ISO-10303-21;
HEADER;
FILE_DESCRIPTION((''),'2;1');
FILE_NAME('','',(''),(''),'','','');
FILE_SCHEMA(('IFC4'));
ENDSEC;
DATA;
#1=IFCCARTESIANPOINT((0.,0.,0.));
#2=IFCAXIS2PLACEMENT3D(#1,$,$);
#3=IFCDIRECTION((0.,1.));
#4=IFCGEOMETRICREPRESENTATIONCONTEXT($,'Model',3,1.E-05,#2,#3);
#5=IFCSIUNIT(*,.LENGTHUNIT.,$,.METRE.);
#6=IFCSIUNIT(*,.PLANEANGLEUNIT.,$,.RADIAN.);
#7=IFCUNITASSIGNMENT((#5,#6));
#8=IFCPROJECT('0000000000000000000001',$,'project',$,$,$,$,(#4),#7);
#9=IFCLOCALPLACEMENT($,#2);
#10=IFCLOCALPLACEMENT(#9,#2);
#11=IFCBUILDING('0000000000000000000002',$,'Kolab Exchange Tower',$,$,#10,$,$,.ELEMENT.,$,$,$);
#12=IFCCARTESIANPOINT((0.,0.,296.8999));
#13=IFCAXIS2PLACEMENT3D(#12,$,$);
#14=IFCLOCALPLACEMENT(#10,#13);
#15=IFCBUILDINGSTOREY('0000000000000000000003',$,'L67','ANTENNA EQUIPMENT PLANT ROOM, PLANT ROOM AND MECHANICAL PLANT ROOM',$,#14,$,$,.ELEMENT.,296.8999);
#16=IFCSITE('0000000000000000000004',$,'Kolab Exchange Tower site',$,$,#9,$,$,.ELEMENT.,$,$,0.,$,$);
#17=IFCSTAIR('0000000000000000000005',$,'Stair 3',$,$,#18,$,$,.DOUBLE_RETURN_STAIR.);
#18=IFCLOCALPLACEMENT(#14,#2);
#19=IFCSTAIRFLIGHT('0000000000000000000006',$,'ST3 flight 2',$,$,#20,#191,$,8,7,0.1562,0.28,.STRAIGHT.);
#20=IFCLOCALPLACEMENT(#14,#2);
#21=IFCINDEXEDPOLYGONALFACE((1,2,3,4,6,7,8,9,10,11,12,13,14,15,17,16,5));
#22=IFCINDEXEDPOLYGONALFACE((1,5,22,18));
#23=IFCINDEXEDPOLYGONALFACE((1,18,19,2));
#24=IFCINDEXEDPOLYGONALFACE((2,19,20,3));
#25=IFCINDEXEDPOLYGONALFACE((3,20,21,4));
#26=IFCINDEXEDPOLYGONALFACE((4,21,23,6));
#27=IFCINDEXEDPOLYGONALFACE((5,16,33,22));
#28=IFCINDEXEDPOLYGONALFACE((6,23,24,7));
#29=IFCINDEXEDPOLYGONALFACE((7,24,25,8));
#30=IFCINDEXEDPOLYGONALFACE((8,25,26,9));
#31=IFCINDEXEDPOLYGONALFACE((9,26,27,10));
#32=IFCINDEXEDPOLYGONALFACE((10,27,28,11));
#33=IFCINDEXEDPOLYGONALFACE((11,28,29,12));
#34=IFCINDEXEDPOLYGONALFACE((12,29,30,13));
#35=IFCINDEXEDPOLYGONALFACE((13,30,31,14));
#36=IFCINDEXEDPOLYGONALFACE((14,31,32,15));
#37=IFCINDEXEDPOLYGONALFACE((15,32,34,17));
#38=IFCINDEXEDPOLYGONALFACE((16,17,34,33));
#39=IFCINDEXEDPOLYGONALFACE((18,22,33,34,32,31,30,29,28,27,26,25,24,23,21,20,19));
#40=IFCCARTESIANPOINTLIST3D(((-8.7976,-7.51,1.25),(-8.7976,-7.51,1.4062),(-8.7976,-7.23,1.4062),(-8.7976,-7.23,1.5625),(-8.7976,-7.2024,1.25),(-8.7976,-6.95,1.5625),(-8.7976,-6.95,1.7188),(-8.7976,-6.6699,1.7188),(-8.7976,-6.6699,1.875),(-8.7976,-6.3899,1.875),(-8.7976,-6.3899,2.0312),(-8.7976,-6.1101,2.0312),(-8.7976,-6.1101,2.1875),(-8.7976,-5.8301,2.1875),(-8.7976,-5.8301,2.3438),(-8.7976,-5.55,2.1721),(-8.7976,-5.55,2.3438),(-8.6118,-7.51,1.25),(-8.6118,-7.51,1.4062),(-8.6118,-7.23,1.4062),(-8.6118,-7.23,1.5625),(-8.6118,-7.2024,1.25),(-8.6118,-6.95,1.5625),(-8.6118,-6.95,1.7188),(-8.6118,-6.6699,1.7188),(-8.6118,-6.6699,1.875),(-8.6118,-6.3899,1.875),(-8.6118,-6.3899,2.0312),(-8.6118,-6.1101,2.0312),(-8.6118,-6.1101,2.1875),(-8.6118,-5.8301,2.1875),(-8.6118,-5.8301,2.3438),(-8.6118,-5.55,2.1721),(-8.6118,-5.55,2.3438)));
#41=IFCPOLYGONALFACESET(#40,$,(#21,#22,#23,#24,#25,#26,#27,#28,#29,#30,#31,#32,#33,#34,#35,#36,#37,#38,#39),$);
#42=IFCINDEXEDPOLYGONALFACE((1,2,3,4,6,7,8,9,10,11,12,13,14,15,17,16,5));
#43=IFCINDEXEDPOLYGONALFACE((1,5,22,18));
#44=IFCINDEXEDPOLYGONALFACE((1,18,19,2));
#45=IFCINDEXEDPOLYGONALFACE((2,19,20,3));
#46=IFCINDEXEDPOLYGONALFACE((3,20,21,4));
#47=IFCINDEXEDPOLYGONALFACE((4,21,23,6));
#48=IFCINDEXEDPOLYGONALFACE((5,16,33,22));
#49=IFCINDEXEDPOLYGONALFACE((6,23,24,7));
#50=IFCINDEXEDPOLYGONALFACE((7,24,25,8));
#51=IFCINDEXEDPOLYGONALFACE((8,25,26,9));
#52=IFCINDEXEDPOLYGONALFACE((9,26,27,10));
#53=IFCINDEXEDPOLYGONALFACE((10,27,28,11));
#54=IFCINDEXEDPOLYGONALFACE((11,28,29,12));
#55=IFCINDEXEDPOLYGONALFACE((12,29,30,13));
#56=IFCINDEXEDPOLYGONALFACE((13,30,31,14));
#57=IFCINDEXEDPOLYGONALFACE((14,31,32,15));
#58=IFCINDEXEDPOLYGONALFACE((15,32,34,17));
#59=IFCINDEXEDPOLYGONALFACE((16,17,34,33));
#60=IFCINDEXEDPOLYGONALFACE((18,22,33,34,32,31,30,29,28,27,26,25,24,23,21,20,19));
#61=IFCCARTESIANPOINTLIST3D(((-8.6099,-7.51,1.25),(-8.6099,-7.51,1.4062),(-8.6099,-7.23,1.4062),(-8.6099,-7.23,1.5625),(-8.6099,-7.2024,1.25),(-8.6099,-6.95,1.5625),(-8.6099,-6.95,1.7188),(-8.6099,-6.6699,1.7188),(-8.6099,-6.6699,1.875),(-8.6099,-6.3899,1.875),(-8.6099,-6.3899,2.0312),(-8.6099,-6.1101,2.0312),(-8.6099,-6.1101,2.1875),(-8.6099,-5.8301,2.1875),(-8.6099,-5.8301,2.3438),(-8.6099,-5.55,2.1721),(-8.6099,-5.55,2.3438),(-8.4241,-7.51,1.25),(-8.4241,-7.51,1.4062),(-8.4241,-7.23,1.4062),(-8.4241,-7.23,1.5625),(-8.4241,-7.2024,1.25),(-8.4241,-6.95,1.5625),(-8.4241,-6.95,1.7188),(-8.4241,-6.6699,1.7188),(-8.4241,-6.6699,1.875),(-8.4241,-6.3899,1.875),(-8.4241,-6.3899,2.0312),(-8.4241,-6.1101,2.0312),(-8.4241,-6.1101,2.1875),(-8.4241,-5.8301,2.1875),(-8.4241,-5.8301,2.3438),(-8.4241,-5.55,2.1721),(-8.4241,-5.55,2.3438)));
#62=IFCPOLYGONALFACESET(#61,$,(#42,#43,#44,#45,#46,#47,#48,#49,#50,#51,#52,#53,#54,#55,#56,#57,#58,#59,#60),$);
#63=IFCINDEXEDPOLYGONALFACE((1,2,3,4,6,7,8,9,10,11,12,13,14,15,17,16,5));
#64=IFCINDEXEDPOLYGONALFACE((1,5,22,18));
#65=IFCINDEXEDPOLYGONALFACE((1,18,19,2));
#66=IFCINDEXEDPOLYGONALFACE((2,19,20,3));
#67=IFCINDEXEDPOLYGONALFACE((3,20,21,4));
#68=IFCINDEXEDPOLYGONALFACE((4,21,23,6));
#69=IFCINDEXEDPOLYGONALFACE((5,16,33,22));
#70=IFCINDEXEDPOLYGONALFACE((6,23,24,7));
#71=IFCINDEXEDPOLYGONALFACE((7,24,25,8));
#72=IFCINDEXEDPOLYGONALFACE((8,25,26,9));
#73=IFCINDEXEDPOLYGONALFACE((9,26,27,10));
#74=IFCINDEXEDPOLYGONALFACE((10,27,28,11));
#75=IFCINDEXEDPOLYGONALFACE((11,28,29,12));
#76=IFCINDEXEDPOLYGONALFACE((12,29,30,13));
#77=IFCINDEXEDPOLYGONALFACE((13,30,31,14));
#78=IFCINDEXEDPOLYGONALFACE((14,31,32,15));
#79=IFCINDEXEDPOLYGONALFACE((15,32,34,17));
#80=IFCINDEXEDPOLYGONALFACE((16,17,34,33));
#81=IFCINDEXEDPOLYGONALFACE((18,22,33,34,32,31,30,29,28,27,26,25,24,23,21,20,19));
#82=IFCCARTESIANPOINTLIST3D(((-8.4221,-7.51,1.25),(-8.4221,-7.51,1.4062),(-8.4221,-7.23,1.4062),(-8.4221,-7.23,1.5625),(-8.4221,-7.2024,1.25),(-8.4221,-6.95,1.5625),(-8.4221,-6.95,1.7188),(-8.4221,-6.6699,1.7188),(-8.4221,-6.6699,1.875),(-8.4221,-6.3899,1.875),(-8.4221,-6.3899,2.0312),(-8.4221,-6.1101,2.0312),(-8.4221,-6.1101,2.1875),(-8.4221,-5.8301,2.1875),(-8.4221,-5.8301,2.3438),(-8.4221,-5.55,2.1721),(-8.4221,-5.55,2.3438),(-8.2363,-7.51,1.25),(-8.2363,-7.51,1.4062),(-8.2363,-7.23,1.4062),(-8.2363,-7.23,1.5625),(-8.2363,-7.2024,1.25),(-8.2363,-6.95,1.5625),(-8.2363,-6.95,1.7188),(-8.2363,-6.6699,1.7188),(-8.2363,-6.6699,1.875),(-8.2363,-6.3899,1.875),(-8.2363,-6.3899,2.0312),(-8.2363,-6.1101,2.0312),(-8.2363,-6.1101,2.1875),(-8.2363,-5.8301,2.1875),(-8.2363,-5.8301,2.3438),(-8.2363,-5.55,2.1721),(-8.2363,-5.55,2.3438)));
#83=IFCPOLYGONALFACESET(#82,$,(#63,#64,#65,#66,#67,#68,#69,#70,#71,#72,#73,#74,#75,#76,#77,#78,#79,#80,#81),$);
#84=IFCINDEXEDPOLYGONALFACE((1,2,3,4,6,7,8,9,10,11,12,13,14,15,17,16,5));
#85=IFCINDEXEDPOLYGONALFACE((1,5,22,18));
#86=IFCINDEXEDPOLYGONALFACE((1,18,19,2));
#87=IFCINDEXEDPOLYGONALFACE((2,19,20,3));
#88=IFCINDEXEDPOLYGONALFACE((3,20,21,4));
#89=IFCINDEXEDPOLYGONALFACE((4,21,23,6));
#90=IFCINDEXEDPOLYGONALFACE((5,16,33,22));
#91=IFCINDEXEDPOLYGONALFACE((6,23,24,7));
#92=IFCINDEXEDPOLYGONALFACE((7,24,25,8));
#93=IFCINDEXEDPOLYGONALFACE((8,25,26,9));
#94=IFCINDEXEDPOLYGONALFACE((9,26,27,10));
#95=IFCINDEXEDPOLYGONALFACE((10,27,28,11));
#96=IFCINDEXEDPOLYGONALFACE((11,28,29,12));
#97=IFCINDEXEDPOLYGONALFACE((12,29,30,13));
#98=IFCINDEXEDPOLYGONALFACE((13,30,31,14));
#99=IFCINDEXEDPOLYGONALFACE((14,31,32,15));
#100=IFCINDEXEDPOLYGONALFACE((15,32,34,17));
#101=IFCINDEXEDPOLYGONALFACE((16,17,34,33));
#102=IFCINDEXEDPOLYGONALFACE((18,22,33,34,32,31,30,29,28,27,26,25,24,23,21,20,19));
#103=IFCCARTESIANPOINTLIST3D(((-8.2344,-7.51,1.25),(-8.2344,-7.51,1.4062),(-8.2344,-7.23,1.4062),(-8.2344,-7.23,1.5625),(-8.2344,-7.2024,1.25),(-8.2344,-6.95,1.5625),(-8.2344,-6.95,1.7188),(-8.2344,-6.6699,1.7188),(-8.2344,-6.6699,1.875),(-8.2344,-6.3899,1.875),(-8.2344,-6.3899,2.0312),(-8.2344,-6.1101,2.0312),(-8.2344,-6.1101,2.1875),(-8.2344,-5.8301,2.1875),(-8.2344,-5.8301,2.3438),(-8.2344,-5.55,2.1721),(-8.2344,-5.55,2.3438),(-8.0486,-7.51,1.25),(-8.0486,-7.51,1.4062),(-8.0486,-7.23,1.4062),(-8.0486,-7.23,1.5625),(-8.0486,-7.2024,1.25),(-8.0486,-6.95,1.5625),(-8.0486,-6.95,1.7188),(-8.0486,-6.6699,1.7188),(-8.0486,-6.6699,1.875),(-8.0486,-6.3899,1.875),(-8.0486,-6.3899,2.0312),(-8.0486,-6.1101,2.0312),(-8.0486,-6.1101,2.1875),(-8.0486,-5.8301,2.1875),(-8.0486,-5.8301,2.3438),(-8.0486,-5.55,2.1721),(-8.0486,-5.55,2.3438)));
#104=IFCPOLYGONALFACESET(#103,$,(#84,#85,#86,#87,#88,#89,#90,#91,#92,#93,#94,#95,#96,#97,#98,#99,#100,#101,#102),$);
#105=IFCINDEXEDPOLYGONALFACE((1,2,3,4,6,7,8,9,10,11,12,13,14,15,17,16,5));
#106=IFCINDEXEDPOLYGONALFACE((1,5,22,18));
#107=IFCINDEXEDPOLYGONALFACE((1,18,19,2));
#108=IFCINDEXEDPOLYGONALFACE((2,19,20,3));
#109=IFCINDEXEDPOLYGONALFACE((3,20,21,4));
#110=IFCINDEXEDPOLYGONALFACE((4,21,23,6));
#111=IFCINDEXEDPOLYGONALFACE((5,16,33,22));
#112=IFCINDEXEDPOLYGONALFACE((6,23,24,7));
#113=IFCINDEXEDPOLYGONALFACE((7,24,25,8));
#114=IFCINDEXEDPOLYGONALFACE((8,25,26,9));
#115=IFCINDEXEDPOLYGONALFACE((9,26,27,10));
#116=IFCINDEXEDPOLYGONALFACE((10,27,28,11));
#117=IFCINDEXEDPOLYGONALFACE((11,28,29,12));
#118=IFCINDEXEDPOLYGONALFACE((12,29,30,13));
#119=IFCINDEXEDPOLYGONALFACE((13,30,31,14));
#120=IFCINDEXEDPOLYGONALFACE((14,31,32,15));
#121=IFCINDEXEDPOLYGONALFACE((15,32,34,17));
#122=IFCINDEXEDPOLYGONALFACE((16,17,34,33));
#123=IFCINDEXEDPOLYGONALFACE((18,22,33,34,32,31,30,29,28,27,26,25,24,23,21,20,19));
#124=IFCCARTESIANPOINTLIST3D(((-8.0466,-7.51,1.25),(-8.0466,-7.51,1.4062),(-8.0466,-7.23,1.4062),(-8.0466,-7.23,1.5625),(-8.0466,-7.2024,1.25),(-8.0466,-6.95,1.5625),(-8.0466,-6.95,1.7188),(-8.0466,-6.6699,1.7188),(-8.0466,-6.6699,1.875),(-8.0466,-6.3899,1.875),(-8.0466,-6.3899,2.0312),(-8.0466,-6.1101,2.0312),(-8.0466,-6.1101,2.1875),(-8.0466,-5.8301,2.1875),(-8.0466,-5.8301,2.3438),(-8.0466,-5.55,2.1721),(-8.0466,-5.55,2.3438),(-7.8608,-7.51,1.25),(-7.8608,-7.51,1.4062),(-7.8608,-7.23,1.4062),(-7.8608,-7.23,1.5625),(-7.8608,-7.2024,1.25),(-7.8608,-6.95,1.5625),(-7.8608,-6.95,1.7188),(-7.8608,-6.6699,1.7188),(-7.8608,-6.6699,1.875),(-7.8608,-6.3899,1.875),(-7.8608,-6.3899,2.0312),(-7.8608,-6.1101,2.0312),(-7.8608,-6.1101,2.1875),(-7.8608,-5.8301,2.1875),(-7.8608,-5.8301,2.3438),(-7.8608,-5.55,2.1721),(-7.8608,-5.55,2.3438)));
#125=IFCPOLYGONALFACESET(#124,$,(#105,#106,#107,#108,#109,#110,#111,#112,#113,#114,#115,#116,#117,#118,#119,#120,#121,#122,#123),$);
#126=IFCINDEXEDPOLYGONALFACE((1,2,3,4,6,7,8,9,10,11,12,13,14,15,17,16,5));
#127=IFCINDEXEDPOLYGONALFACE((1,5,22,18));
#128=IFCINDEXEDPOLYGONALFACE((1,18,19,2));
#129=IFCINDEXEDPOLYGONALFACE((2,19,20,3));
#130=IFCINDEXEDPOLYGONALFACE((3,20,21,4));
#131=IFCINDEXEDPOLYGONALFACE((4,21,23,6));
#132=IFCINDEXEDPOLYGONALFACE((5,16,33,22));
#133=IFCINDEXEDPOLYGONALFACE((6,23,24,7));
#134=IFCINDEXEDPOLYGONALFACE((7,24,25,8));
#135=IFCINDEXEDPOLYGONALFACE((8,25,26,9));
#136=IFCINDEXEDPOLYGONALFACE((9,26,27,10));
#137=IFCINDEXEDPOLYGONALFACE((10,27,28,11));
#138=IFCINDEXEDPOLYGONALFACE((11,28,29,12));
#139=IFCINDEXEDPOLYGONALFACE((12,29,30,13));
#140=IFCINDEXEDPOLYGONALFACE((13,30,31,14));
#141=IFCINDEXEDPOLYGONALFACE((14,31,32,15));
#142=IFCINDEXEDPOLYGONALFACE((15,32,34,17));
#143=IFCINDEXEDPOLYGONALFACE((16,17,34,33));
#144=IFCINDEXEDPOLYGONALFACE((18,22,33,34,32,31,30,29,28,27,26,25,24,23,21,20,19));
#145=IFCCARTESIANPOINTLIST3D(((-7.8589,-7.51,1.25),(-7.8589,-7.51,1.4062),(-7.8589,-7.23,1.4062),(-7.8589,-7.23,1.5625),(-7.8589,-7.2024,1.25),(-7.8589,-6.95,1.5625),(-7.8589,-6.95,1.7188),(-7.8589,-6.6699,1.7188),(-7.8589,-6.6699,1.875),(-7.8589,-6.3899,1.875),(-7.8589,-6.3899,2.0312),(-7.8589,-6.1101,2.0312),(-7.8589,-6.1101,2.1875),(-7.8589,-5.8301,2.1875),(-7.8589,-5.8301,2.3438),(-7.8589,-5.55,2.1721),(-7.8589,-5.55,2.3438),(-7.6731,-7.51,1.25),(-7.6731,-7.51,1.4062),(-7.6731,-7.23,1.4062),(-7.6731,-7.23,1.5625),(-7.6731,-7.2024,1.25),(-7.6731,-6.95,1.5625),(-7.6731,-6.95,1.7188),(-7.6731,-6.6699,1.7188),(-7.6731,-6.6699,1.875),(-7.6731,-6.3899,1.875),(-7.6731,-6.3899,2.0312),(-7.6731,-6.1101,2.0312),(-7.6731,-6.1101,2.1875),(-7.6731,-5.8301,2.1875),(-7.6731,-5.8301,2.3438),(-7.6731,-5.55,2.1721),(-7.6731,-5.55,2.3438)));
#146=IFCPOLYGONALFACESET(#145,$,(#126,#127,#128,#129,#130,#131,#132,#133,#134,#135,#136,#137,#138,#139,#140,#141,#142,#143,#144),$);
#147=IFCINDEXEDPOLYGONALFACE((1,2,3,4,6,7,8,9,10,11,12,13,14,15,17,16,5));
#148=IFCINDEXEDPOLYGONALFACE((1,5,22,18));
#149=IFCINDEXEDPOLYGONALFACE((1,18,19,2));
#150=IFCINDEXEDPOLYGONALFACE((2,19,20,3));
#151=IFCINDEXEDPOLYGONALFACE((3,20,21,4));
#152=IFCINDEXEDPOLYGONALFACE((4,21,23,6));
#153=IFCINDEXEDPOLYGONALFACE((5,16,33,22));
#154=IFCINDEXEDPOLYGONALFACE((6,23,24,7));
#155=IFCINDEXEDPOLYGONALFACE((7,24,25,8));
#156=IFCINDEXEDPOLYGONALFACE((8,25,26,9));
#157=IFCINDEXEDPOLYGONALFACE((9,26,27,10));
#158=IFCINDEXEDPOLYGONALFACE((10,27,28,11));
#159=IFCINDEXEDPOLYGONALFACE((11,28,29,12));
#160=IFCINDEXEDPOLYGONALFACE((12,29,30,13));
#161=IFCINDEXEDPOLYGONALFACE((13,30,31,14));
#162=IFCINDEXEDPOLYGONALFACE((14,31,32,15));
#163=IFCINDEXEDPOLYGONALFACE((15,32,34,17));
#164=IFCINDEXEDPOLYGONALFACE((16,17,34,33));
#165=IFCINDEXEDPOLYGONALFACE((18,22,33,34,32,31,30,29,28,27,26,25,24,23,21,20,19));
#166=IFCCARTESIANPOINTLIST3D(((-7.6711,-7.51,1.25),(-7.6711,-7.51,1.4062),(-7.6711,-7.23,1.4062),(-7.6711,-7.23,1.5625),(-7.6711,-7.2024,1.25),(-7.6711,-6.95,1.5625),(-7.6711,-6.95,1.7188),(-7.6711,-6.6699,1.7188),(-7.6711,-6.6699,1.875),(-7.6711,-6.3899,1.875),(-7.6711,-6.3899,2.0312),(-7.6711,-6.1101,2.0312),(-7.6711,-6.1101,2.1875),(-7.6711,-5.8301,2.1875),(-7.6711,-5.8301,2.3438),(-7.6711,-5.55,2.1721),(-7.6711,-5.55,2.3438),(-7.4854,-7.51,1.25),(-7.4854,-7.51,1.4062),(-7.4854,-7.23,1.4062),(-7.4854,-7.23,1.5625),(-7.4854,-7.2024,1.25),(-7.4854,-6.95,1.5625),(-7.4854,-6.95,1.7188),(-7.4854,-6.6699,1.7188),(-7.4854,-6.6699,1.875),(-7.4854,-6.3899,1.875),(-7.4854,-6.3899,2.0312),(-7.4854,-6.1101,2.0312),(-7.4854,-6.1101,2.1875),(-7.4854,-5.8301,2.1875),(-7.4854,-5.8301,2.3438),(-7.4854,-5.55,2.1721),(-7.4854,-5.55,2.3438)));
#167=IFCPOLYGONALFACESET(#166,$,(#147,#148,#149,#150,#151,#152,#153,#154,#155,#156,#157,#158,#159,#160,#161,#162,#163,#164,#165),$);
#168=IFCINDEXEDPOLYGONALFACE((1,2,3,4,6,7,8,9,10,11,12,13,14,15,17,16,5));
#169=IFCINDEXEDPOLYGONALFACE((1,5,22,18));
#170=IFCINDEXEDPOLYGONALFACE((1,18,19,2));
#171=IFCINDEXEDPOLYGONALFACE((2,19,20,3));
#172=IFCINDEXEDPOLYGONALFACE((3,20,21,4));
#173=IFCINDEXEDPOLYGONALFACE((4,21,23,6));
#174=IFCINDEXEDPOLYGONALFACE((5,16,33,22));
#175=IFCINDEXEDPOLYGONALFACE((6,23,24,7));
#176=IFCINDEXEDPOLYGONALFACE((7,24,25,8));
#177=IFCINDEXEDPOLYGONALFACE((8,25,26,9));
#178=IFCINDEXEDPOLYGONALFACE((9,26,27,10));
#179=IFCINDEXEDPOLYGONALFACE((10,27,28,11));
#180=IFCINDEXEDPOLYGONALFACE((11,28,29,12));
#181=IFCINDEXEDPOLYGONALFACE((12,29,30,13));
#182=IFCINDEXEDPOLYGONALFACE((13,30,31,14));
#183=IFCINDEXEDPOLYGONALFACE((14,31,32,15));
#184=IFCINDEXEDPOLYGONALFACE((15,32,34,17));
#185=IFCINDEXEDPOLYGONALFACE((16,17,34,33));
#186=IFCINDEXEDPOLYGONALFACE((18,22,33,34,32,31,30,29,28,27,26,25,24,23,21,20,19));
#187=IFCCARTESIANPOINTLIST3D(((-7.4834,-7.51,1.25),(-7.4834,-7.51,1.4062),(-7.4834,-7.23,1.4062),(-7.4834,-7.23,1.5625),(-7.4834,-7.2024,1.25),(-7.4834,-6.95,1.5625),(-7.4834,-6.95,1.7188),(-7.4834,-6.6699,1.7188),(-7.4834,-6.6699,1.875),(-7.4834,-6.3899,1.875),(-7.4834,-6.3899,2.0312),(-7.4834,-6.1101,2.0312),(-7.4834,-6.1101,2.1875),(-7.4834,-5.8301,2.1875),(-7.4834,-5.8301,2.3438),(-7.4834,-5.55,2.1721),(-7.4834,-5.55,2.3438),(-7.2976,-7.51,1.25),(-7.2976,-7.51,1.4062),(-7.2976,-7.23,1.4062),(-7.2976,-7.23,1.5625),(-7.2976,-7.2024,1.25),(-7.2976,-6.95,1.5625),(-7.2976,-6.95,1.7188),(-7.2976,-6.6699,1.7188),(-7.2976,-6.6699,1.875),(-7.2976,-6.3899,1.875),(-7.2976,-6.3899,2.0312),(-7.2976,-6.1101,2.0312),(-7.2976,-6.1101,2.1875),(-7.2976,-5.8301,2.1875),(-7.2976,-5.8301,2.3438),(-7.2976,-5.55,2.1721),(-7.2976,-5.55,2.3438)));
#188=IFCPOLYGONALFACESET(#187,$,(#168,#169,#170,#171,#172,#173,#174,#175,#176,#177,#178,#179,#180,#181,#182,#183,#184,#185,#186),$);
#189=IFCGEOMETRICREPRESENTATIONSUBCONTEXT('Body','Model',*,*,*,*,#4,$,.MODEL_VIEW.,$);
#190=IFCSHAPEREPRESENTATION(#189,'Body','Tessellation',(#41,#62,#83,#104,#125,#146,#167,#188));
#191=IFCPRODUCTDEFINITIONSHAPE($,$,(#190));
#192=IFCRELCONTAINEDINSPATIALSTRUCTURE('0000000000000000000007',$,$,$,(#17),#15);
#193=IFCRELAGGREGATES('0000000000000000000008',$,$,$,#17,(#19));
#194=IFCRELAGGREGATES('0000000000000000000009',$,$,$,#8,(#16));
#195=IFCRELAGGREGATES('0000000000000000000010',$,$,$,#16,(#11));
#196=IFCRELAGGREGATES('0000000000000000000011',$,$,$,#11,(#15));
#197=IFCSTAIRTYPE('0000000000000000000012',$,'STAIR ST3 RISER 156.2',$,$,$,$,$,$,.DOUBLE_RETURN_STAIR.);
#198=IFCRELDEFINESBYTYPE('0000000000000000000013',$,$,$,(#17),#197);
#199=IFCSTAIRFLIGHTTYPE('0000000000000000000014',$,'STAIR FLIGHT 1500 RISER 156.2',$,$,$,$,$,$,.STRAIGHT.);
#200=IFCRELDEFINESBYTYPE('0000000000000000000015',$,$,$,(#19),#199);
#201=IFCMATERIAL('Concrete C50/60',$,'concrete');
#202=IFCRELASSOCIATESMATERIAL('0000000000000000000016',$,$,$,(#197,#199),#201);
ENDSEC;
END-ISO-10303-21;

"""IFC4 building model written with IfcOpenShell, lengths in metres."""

from ifc_helpers import new_model, si_unit, direction, frame, origin, place, context, subcontext, project, spatial, polyline, outline, extrude, material, type_object, element, aggregate, save


model = new_model("IFC4")

# Units and contexts
model_context = context("Model", 3, precision=1e-05, world=origin(), true_north=direction((0.0, 1.0)))
body_context = subcontext(model_context, "Body", "Model", "MODEL_VIEW")
ifc_project = project(units=[si_unit("LENGTHUNIT", "METRE"), si_unit("PLANEANGLEUNIT", "RADIAN")], contexts=[model_context])

# Site, building, storey
site_placement = place(None, origin())
site = spatial("IfcSite", under=ifc_project, at=site_placement, Name="Kolab Exchange Tower site", CompositionType="ELEMENT", RefElevation=0.0)
building_placement = place(site_placement, origin())
building = spatial("IfcBuilding", under=site, at=building_placement, Name="Kolab Exchange Tower", CompositionType="ELEMENT")
storey_placement = place(building_placement, frame((0.0, 0.0, 296.8999)))
storey = spatial("IfcBuildingStorey", under=building, at=storey_placement, Name="L67", Description="ANTENNA EQUIPMENT PLANT ROOM, PLANT ROOM AND MECHANICAL PLANT ROOM", CompositionType="ELEMENT", Elevation=296.8999)

# Shared definitions
ifc_material_1 = material(Name="Concrete C50/60", Category="concrete")

# Stair, stair flight
stair_type = type_object("IfcStairType", Name="STAIR ST3 RISER 156.2", PredefinedType="DOUBLE_RETURN_STAIR", material=ifc_material_1)
stair_placement = place(storey_placement, origin())
stair = element("IfcStair", 1, at=stair_placement, inside=storey, type_object=stair_type, Name="Stair 3", PredefinedType="DOUBLE_RETURN_STAIR")
stair_flight_type = type_object("IfcStairFlightType", Name="STAIR FLIGHT 1500 RISER 156.2", PredefinedType="STRAIGHT", material=ifc_material_1)
stair_flight_1_placement = place(storey_placement, frame((-8.0476, -7.51, 1.25), z_axis=(0.0, 0.0, 1.0), x_axis=(0.0, 1.0, 0.0)))
stair_flight_1 = element("IfcStairFlight", 2, at=stair_flight_1_placement, type_object=stair_flight_type, Name="ST3 flight 2", NumberOfRisers=8, NumberOfTreads=7, PredefinedType="STRAIGHT", RiserHeight=0.1562, TreadLength=0.28, context=body_context, shape_type="SweptSolid", body=[
    extrude(outline(polyline([(0.0, 0.0), (0.0, 0.1562), (0.28, 0.1562), (0.28, 0.3125), (0.5601, 0.3125), (0.5601, 0.4688), (0.8401, 0.4688), (0.8401, 0.625), (1.1201, 0.625), (1.1201, 0.7812), (1.3999, 0.7812), (1.3999, 0.9375), (1.6799, 0.9375), (1.6799, 1.0938), (1.96, 1.0938), (1.96, 1.25), (1.96, 0.9221), (0.3076, 0.0), (0.0, 0.0)])), frame((0.0, 0.75, 0.0), z_axis=(0.0, -1.0, 0.0), x_axis=(1.0, 0.0, 0.0)), (0.0, 0.0, 1.0), 0.1858),
    extrude(outline(polyline([(0.0, 0.0), (0.0, 0.1562), (0.28, 0.1562), (0.28, 0.3125), (0.5601, 0.3125), (0.5601, 0.4688), (0.8401, 0.4688), (0.8401, 0.625), (1.1201, 0.625), (1.1201, 0.7812), (1.3999, 0.7812), (1.3999, 0.9375), (1.6799, 0.9375), (1.6799, 1.0938), (1.96, 1.0938), (1.96, 1.25), (1.96, 0.9221), (0.3076, 0.0), (0.0, 0.0)])), frame((0.0, 0.5623, 0.0), z_axis=(0.0, -1.0, 0.0), x_axis=(1.0, 0.0, 0.0)), (0.0, 0.0, 1.0), 0.1858),
    extrude(outline(polyline([(0.0, 0.0), (0.0, 0.1562), (0.28, 0.1562), (0.28, 0.3125), (0.5601, 0.3125), (0.5601, 0.4688), (0.8401, 0.4688), (0.8401, 0.625), (1.1201, 0.625), (1.1201, 0.7812), (1.3999, 0.7812), (1.3999, 0.9375), (1.6799, 0.9375), (1.6799, 1.0938), (1.96, 1.0938), (1.96, 1.25), (1.96, 0.9221), (0.3076, 0.0), (0.0, 0.0)])), frame((0.0, 0.3745, 0.0), z_axis=(0.0, -1.0, 0.0), x_axis=(1.0, 0.0, 0.0)), (0.0, 0.0, 1.0), 0.1858),
    extrude(outline(polyline([(0.0, 0.0), (0.0, 0.1562), (0.28, 0.1562), (0.28, 0.3125), (0.5601, 0.3125), (0.5601, 0.4688), (0.8401, 0.4688), (0.8401, 0.625), (1.1201, 0.625), (1.1201, 0.7812), (1.3999, 0.7812), (1.3999, 0.9375), (1.6799, 0.9375), (1.6799, 1.0938), (1.96, 1.0938), (1.96, 1.25), (1.96, 0.9221), (0.3076, 0.0), (0.0, 0.0)])), frame((0.0, 0.1868, 0.0), z_axis=(0.0, -1.0, 0.0), x_axis=(1.0, 0.0, 0.0)), (0.0, 0.0, 1.0), 0.1858),
    extrude(outline(polyline([(0.0, 0.0), (0.0, 0.1562), (0.28, 0.1562), (0.28, 0.3125), (0.5601, 0.3125), (0.5601, 0.4688), (0.8401, 0.4688), (0.8401, 0.625), (1.1201, 0.625), (1.1201, 0.7812), (1.3999, 0.7812), (1.3999, 0.9375), (1.6799, 0.9375), (1.6799, 1.0938), (1.96, 1.0938), (1.96, 1.25), (1.96, 0.9221), (0.3076, 0.0), (0.0, 0.0)])), frame((0.0, -0.001, 0.0), z_axis=(0.0, -1.0, 0.0), x_axis=(1.0, 0.0, 0.0)), (0.0, 0.0, 1.0), 0.1858),
    extrude(outline(polyline([(0.0, 0.0), (0.0, 0.1562), (0.28, 0.1562), (0.28, 0.3125), (0.5601, 0.3125), (0.5601, 0.4688), (0.8401, 0.4688), (0.8401, 0.625), (1.1201, 0.625), (1.1201, 0.7812), (1.3999, 0.7812), (1.3999, 0.9375), (1.6799, 0.9375), (1.6799, 1.0938), (1.96, 1.0938), (1.96, 1.25), (1.96, 0.9221), (0.3076, 0.0), (0.0, 0.0)])), frame((0.0, -0.1887, 0.0), z_axis=(0.0, -1.0, 0.0), x_axis=(1.0, 0.0, 0.0)), (0.0, 0.0, 1.0), 0.1858),
    extrude(outline(polyline([(0.0, 0.0), (0.0, 0.1562), (0.28, 0.1562), (0.28, 0.3125), (0.5601, 0.3125), (0.5601, 0.4688), (0.8401, 0.4688), (0.8401, 0.625), (1.1201, 0.625), (1.1201, 0.7812), (1.3999, 0.7812), (1.3999, 0.9375), (1.6799, 0.9375), (1.6799, 1.0938), (1.96, 1.0938), (1.96, 1.25), (1.96, 0.9221), (0.3076, 0.0), (0.0, 0.0)])), frame((0.0, -0.3765, 0.0), z_axis=(0.0, -1.0, 0.0), x_axis=(1.0, 0.0, 0.0)), (0.0, 0.0, 1.0), 0.1858),
    extrude(outline(polyline([(0.0, 0.0), (0.0, 0.1562), (0.28, 0.1562), (0.28, 0.3125), (0.5601, 0.3125), (0.5601, 0.4688), (0.8401, 0.4688), (0.8401, 0.625), (1.1201, 0.625), (1.1201, 0.7812), (1.3999, 0.7812), (1.3999, 0.9375), (1.6799, 0.9375), (1.6799, 1.0938), (1.96, 1.0938), (1.96, 1.25), (1.96, 0.9221), (0.3076, 0.0), (0.0, 0.0)])), frame((0.0, -0.5642, 0.0), z_axis=(0.0, -1.0, 0.0), x_axis=(1.0, 0.0, 0.0)), (0.0, 0.0, 1.0), 0.1858),
])
aggregate(stair, [stair_flight_1])

save(model, "model.ifc")
